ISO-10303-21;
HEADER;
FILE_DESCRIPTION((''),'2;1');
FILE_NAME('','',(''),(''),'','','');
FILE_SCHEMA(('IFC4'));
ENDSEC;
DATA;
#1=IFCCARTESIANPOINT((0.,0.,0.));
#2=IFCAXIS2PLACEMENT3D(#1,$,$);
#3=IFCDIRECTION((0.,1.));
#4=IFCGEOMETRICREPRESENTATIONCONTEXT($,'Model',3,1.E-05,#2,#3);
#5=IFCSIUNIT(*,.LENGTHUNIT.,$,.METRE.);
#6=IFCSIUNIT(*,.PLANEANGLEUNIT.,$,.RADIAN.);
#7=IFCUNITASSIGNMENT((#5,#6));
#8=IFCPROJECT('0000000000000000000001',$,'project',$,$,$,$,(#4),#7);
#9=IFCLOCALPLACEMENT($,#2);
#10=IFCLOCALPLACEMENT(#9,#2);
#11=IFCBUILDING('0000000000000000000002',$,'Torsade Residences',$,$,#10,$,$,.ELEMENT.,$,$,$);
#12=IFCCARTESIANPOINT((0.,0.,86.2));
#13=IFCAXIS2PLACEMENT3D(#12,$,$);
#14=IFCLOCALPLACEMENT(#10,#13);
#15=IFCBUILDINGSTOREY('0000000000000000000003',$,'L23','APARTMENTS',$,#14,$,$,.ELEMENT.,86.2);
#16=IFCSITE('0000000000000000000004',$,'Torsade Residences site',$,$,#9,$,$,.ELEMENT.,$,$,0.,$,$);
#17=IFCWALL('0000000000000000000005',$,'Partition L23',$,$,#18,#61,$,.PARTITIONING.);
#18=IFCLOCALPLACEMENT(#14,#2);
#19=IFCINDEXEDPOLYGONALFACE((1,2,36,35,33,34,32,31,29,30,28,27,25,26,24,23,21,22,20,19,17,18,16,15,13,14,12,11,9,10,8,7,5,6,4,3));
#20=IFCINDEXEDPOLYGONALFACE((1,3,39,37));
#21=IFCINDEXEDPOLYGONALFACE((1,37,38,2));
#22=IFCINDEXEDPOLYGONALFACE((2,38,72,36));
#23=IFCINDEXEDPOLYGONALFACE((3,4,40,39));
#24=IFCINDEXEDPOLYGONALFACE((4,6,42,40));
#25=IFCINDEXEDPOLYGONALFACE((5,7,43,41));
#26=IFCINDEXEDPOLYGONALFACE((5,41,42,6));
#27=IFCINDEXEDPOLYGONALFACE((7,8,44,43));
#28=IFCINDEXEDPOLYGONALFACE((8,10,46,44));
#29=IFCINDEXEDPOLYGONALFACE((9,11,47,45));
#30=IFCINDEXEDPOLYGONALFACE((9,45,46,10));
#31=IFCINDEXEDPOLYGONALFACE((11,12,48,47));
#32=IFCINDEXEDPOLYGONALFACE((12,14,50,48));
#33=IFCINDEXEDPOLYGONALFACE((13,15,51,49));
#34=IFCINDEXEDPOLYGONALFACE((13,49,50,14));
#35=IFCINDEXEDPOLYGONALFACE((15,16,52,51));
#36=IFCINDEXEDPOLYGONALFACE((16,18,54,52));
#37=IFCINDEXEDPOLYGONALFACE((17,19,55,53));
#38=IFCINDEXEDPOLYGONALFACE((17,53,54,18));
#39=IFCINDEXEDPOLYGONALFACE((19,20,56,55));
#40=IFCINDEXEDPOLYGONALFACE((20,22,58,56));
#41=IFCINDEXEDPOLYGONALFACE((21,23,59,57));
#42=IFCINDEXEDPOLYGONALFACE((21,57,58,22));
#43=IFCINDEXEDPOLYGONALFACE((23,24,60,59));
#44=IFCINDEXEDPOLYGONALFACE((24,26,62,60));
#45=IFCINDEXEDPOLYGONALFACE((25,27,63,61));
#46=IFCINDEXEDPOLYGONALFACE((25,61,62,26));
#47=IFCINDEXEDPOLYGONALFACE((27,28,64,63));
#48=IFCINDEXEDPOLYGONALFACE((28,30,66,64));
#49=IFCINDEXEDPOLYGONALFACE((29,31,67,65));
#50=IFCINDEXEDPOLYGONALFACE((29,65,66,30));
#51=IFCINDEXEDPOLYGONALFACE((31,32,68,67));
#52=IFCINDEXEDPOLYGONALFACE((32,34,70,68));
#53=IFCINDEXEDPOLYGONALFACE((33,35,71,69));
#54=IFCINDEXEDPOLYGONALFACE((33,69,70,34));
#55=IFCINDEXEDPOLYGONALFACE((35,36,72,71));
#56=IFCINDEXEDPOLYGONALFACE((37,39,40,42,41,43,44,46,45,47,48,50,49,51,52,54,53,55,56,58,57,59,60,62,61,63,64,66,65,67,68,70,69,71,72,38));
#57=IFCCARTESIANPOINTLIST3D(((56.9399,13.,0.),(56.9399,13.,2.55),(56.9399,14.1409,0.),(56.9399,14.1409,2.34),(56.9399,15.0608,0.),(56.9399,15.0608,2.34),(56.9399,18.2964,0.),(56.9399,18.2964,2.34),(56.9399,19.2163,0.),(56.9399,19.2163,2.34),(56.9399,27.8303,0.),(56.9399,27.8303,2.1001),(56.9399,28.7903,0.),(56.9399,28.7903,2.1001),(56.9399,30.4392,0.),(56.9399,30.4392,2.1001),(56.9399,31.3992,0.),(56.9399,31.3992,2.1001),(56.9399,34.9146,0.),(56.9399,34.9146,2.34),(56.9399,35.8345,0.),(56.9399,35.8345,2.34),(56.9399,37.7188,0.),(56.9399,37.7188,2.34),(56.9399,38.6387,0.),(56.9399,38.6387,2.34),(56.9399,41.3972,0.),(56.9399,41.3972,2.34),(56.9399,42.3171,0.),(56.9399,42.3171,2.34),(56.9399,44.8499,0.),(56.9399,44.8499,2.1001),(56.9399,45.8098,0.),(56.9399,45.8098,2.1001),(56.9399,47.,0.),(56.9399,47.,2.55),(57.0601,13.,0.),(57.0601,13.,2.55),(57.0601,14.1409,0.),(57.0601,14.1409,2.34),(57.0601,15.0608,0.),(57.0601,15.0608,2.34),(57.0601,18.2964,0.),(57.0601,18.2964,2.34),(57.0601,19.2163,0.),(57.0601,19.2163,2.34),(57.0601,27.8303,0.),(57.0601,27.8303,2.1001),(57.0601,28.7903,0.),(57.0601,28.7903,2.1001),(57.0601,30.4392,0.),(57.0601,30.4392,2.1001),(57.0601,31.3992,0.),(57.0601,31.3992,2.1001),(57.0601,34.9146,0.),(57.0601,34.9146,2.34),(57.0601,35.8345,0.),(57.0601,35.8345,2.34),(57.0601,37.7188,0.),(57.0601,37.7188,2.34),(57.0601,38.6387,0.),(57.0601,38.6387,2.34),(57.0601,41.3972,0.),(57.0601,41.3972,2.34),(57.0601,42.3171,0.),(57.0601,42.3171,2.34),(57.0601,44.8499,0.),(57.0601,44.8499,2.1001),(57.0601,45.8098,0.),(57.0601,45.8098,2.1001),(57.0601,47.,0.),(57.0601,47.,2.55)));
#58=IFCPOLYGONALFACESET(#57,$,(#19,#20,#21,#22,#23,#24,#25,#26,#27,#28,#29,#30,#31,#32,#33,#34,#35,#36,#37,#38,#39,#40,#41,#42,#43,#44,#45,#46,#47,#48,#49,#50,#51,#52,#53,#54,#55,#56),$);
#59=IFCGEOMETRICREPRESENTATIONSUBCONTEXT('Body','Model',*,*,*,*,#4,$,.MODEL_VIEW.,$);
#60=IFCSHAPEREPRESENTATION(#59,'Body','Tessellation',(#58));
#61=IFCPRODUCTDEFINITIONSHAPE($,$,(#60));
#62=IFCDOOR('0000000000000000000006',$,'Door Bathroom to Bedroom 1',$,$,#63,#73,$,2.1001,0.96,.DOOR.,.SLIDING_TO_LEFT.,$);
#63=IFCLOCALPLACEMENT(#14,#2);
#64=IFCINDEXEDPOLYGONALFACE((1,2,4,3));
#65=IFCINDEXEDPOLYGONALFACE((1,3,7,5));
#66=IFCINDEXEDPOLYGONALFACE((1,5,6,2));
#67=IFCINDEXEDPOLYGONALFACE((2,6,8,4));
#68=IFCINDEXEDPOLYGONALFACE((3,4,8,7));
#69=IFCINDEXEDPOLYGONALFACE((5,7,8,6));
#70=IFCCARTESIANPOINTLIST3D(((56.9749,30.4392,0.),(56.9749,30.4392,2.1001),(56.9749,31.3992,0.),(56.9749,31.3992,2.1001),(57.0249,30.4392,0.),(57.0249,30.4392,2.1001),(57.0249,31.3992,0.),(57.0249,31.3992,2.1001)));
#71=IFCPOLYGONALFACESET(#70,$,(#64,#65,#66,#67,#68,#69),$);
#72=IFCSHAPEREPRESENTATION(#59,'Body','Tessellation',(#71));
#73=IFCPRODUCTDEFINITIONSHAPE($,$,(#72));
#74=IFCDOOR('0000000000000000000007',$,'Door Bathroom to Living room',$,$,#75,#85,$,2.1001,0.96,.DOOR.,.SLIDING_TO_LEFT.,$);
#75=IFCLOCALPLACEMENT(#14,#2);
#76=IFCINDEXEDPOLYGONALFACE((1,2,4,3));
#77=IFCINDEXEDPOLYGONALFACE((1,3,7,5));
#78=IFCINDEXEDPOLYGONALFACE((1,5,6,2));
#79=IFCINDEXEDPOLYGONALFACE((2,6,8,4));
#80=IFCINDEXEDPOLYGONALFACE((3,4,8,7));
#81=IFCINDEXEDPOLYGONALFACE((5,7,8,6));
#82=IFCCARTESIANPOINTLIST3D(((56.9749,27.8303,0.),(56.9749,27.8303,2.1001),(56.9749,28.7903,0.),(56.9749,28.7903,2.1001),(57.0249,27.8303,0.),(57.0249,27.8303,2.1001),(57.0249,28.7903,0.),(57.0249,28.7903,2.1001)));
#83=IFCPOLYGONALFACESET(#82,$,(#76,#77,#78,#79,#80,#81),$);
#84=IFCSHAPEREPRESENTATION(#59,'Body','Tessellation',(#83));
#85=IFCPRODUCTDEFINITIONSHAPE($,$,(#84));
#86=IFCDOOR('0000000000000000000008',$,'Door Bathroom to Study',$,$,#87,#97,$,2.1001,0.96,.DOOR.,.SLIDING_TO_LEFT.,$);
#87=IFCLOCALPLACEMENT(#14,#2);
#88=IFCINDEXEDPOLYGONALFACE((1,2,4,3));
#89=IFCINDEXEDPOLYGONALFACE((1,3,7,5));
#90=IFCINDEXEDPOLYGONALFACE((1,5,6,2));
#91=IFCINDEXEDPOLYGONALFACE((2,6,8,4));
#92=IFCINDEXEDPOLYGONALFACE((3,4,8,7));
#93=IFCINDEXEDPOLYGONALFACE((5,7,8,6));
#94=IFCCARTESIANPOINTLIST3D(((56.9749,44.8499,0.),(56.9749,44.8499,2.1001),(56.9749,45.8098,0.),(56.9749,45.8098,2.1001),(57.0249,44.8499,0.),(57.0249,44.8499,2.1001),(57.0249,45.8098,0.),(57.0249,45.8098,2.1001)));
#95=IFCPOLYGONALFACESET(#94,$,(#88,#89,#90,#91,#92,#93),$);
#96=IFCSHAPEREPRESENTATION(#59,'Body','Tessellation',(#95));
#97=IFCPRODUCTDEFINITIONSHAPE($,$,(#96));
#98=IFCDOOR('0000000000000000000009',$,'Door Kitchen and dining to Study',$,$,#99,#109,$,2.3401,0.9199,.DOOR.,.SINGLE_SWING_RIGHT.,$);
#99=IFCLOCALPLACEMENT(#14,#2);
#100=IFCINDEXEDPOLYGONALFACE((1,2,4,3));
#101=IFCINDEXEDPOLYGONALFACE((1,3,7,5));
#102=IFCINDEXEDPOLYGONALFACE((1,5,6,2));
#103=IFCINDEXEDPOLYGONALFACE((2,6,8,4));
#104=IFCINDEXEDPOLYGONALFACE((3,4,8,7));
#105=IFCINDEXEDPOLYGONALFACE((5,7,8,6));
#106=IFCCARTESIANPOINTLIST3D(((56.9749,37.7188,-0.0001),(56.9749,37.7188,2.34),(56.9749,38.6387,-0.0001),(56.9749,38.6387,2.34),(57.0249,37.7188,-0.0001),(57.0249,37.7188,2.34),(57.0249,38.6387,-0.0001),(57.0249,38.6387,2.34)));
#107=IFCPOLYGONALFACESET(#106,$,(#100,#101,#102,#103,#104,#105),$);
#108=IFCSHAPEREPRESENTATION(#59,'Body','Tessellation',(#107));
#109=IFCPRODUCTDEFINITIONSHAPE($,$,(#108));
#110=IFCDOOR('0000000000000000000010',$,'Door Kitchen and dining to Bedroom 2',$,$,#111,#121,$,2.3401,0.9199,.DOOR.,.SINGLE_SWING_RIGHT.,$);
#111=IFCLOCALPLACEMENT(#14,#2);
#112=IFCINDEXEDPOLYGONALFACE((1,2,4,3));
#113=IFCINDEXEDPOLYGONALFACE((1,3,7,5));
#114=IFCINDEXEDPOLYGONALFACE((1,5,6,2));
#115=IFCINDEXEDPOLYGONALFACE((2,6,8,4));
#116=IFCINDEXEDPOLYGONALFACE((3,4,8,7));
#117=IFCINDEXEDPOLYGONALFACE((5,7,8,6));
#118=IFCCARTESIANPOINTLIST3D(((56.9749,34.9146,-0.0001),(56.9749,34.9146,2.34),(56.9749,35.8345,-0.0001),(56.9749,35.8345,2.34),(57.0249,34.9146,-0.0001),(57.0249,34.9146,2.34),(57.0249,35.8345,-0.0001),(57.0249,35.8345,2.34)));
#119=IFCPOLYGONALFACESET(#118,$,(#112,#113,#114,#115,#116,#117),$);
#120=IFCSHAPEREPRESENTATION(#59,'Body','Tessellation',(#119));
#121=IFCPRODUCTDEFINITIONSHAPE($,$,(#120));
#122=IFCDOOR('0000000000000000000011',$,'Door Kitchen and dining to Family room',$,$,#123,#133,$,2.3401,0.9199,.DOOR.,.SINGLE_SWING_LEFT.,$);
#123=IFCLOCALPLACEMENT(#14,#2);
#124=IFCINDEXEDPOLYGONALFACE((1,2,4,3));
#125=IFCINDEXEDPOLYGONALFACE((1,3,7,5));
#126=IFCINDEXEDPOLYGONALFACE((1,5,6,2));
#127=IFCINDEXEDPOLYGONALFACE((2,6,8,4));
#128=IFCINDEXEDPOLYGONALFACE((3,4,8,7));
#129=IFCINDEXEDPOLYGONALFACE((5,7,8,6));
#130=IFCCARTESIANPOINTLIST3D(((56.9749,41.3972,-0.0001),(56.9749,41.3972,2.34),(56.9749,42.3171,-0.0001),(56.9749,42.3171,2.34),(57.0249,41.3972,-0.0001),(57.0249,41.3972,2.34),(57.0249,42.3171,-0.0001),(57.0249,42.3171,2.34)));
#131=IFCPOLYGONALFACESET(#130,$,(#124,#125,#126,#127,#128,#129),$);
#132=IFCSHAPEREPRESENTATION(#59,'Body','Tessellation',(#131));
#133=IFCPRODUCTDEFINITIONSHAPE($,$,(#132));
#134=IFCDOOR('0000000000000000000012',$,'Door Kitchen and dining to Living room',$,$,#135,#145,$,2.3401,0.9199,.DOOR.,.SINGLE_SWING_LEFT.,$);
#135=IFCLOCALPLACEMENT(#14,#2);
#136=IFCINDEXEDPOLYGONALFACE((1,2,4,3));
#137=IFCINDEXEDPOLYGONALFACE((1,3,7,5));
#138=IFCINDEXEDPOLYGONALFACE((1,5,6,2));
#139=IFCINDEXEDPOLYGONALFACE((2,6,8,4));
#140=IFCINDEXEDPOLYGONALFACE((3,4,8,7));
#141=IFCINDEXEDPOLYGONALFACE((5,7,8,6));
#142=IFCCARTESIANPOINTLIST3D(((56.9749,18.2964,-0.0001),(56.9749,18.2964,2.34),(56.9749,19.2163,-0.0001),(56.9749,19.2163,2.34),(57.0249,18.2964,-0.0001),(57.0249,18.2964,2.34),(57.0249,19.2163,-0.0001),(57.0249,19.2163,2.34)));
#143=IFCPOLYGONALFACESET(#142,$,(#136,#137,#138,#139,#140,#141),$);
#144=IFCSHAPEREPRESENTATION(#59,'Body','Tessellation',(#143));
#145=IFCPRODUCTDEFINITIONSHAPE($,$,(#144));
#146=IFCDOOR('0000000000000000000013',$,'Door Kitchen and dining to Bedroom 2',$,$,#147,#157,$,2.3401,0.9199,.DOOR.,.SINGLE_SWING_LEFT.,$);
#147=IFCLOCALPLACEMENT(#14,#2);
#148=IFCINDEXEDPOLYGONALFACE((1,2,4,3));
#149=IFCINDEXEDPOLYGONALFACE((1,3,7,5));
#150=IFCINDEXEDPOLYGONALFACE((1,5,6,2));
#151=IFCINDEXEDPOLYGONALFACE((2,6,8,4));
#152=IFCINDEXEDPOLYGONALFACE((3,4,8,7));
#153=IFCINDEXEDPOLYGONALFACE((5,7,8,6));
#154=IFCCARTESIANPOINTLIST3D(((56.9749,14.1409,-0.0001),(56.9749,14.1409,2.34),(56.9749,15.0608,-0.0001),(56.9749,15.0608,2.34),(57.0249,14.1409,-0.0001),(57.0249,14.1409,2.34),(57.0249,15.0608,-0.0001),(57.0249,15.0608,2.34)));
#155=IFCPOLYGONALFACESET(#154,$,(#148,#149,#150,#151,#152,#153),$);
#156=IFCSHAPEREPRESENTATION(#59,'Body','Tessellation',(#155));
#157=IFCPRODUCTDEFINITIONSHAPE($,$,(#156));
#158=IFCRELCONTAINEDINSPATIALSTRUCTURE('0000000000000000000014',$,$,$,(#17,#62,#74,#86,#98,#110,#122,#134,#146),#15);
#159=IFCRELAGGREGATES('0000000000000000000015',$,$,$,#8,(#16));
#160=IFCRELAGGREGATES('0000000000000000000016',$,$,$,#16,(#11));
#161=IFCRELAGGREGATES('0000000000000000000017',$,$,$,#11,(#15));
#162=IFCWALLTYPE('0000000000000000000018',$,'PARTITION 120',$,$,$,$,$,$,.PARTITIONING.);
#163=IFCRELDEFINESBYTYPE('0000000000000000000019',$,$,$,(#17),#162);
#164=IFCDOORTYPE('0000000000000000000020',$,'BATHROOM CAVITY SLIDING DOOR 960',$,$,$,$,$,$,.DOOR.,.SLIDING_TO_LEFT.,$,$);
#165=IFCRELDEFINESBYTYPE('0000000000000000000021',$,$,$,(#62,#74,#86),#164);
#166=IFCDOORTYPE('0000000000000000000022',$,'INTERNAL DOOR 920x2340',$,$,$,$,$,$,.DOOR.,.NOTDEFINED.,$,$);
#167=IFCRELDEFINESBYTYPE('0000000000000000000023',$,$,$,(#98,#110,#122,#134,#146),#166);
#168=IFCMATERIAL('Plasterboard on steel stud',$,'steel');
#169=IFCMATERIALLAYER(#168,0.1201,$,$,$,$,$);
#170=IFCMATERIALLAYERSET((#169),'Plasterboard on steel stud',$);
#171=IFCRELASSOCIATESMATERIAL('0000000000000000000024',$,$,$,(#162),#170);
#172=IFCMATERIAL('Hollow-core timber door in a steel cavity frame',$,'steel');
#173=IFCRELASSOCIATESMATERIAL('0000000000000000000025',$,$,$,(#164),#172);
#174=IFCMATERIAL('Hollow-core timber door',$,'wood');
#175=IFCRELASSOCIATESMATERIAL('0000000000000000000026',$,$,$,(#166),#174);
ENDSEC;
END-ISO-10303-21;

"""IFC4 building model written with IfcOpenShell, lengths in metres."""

from ifc_helpers import new_model, si_unit, direction, frame, frame_2d, origin, place, context, subcontext, project, spatial, rectangle, extrude, material, layer, layer_set, type_object, element, fill, save


model = new_model("IFC4")

# Units and contexts
model_context = context("Model", 3, precision=1e-05, world=origin(), true_north=direction((0.0, 1.0)))
body_context = subcontext(model_context, "Body", "Model", "MODEL_VIEW")
ifc_project = project(units=[si_unit("LENGTHUNIT", "METRE"), si_unit("PLANEANGLEUNIT", "RADIAN")], contexts=[model_context])

# Site, building, storey
site_placement = place(None, origin())
site = spatial("IfcSite", under=ifc_project, at=site_placement, Name="Torsade Residences site", CompositionType="ELEMENT", RefElevation=0.0)
building_placement = place(site_placement, origin())
building = spatial("IfcBuilding", under=site, at=building_placement, Name="Torsade Residences", CompositionType="ELEMENT")
storey_placement = place(building_placement, frame((0.0, 0.0, 86.2)))
storey = spatial("IfcBuildingStorey", under=building, at=storey_placement, Name="L23", Description="APARTMENTS", CompositionType="ELEMENT", Elevation=86.2)

# Wall, openings, doors
ifc_material_1 = material(Name="Plasterboard on steel stud", Category="steel")
ifc_layer_1 = layer(ifc_material_1, 0.1201)
ifc_layer_set_1 = layer_set([ifc_layer_1], Name="Plasterboard on steel stud")
wall_type = type_object("IfcWallType", Name="PARTITION 120", PredefinedType="PARTITIONING", material=ifc_layer_set_1)
wall_1_placement = place(storey_placement, frame((57.0, 47.0, 0.0), z_axis=(0.0, 0.0, 1.0), x_axis=(0.0, -1.0, 0.0)))
wall_1 = element("IfcWall", 1, at=wall_1_placement, inside=storey, type_object=wall_type, Name="Partition L23", PredefinedType="PARTITIONING", context=body_context, shape_type="SweptSolid", body=[
    extrude(rectangle(XDim=34.0, YDim=0.1201, at=frame_2d((17.0, 0.0))), origin(), (0.0, 0.0, 1.0), 2.55),
])
opening_1_placement = place(wall_1_placement, frame((8.3613, 0.0, 0.0)))
opening_1 = element("IfcOpeningElement", 2, at=opening_1_placement, cuts=wall_1, PredefinedType="OPENING", context=body_context, shape_type="SweptSolid", body=[
    extrude(rectangle(XDim=0.9199, YDim=2.3401, at=frame_2d((0.46, 1.1699))), frame((0.0, 0.0701, 0.0), z_axis=(0.0, -1.0, 0.0), x_axis=(1.0, 0.0, 0.0)), (0.0, 0.0, 1.0), 0.1401),
])
opening_2_placement = place(wall_1_placement, frame((11.1655, 0.0, 0.0)))
opening_2 = element("IfcOpeningElement", 3, at=opening_2_placement, cuts=wall_1, PredefinedType="OPENING", context=body_context, shape_type="SweptSolid", body=[
    extrude(rectangle(XDim=0.9199, YDim=2.3401, at=frame_2d((0.46, 1.1699))), frame((0.0, 0.0701, 0.0), z_axis=(0.0, -1.0, 0.0), x_axis=(1.0, 0.0, 0.0)), (0.0, 0.0, 1.0), 0.1401),
])
opening_3_placement = place(wall_1_placement, frame((4.6829, 0.0, 0.0)))
opening_3 = element("IfcOpeningElement", 4, at=opening_3_placement, cuts=wall_1, PredefinedType="OPENING", context=body_context, shape_type="SweptSolid", body=[
    extrude(rectangle(XDim=0.9199, YDim=2.3401, at=frame_2d((0.46, 1.1699))), frame((0.0, 0.0701, 0.0), z_axis=(0.0, -1.0, 0.0), x_axis=(1.0, 0.0, 0.0)), (0.0, 0.0, 1.0), 0.1401),
])
opening_4_placement = place(wall_1_placement, frame((27.7837, 0.0, 0.0)))
opening_4 = element("IfcOpeningElement", 5, at=opening_4_placement, cuts=wall_1, PredefinedType="OPENING", context=body_context, shape_type="SweptSolid", body=[
    extrude(rectangle(XDim=0.9199, YDim=2.3401, at=frame_2d((0.46, 1.1699))), frame((0.0, 0.0701, 0.0), z_axis=(0.0, -1.0, 0.0), x_axis=(1.0, 0.0, 0.0)), (0.0, 0.0, 1.0), 0.1401),
])
opening_5_placement = place(wall_1_placement, frame((31.9392, 0.0, 0.0)))
opening_5 = element("IfcOpeningElement", 6, at=opening_5_placement, cuts=wall_1, PredefinedType="OPENING", context=body_context, shape_type="SweptSolid", body=[
    extrude(rectangle(XDim=0.9199, YDim=2.3401, at=frame_2d((0.46, 1.1699))), frame((0.0, 0.0701, 0.0), z_axis=(0.0, -1.0, 0.0), x_axis=(1.0, 0.0, 0.0)), (0.0, 0.0, 1.0), 0.1401),
])
opening_6_placement = place(wall_1_placement, frame((15.6008, 0.0, 0.0)))
opening_6 = element("IfcOpeningElement", 7, at=opening_6_placement, cuts=wall_1, PredefinedType="OPENING", context=body_context, shape_type="SweptSolid", body=[
    extrude(rectangle(XDim=0.96, YDim=2.1001, at=frame_2d((0.48, 1.05))), frame((0.0, 0.0701, 0.0), z_axis=(0.0, -1.0, 0.0), x_axis=(1.0, 0.0, 0.0)), (0.0, 0.0, 1.0), 0.1401),
])
opening_7_placement = place(wall_1_placement, frame((18.2097, 0.0, 0.0)))
opening_7 = element("IfcOpeningElement", 8, at=opening_7_placement, cuts=wall_1, PredefinedType="OPENING", context=body_context, shape_type="SweptSolid", body=[
    extrude(rectangle(XDim=0.96, YDim=2.1001, at=frame_2d((0.48, 1.05))), frame((0.0, 0.0701, 0.0), z_axis=(0.0, -1.0, 0.0), x_axis=(1.0, 0.0, 0.0)), (0.0, 0.0, 1.0), 0.1401),
])
opening_8_placement = place(wall_1_placement, frame((1.1902, 0.0, 0.0)))
opening_8 = element("IfcOpeningElement", 9, at=opening_8_placement, cuts=wall_1, PredefinedType="OPENING", context=body_context, shape_type="SweptSolid", body=[
    extrude(rectangle(XDim=0.96, YDim=2.1001, at=frame_2d((0.48, 1.05))), frame((0.0, 0.0701, 0.0), z_axis=(0.0, -1.0, 0.0), x_axis=(1.0, 0.0, 0.0)), (0.0, 0.0, 1.0), 0.1401),
])
ifc_material_2 = material(Name="Hollow-core timber door in a steel cavity frame", Category="steel")
door_type_1 = type_object("IfcDoorType", Name="BATHROOM CAVITY SLIDING DOOR 960", OperationType="SLIDING_TO_LEFT", PredefinedType="DOOR", material=ifc_material_2)
door_1_placement = place(opening_6_placement, origin())
door_1 = element("IfcDoor", 10, at=door_1_placement, inside=storey, type_object=door_type_1, Name="Door Bathroom to Bedroom 1", OperationType="SLIDING_TO_LEFT", OverallHeight=2.1001, OverallWidth=0.96, PredefinedType="DOOR", context=body_context, shape_type="SweptSolid", body=[
    extrude(rectangle(XDim=0.96, YDim=2.1001, at=frame_2d((0.48, 1.05))), frame((0.0, 0.0249, 0.0), z_axis=(0.0, -1.0, 0.0), x_axis=(1.0, 0.0, 0.0)), (0.0, 0.0, 1.0), 0.05),
])
fill(opening_6, door_1)
door_2_placement = place(opening_7_placement, origin())
door_2 = element("IfcDoor", 11, at=door_2_placement, inside=storey, type_object=door_type_1, Name="Door Bathroom to Living room", OperationType="SLIDING_TO_LEFT", OverallHeight=2.1001, OverallWidth=0.96, PredefinedType="DOOR", context=body_context, shape_type="SweptSolid", body=[
    extrude(rectangle(XDim=0.96, YDim=2.1001, at=frame_2d((0.48, 1.05))), frame((0.0, 0.0249, 0.0), z_axis=(0.0, -1.0, 0.0), x_axis=(1.0, 0.0, 0.0)), (0.0, 0.0, 1.0), 0.05),
])
fill(opening_7, door_2)
door_3_placement = place(opening_8_placement, origin())
door_3 = element("IfcDoor", 12, at=door_3_placement, inside=storey, type_object=door_type_1, Name="Door Bathroom to Study", OperationType="SLIDING_TO_LEFT", OverallHeight=2.1001, OverallWidth=0.96, PredefinedType="DOOR", context=body_context, shape_type="SweptSolid", body=[
    extrude(rectangle(XDim=0.96, YDim=2.1001, at=frame_2d((0.48, 1.05))), frame((0.0, 0.0249, 0.0), z_axis=(0.0, -1.0, 0.0), x_axis=(1.0, 0.0, 0.0)), (0.0, 0.0, 1.0), 0.05),
])
fill(opening_8, door_3)
ifc_material_3 = material(Name="Hollow-core timber door", Category="wood")
door_type_2 = type_object("IfcDoorType", Name="INTERNAL DOOR 920x2340", OperationType="NOTDEFINED", PredefinedType="DOOR", material=ifc_material_3)
door_4_placement = place(opening_1_placement, origin())
door_4 = element("IfcDoor", 13, at=door_4_placement, inside=storey, type_object=door_type_2, Name="Door Kitchen and dining to Study", OperationType="SINGLE_SWING_RIGHT", OverallHeight=2.3401, OverallWidth=0.9199, PredefinedType="DOOR", context=body_context, shape_type="SweptSolid", body=[
    extrude(rectangle(XDim=0.9199, YDim=2.3401, at=frame_2d((0.46, 1.1699))), frame((0.0, 0.0249, 0.0), z_axis=(0.0, -1.0, 0.0), x_axis=(1.0, 0.0, 0.0)), (0.0, 0.0, 1.0), 0.05),
])
fill(opening_1, door_4)
door_5_placement = place(opening_2_placement, origin())
door_5 = element("IfcDoor", 14, at=door_5_placement, inside=storey, type_object=door_type_2, Name="Door Kitchen and dining to Bedroom 2", OperationType="SINGLE_SWING_RIGHT", OverallHeight=2.3401, OverallWidth=0.9199, PredefinedType="DOOR", context=body_context, shape_type="SweptSolid", body=[
    extrude(rectangle(XDim=0.9199, YDim=2.3401, at=frame_2d((0.46, 1.1699))), frame((0.0, 0.0249, 0.0), z_axis=(0.0, -1.0, 0.0), x_axis=(1.0, 0.0, 0.0)), (0.0, 0.0, 1.0), 0.05),
])
fill(opening_2, door_5)
door_6_placement = place(opening_3_placement, origin())
door_6 = element("IfcDoor", 15, at=door_6_placement, inside=storey, type_object=door_type_2, Name="Door Kitchen and dining to Family room", OperationType="SINGLE_SWING_LEFT", OverallHeight=2.3401, OverallWidth=0.9199, PredefinedType="DOOR", context=body_context, shape_type="SweptSolid", body=[
    extrude(rectangle(XDim=0.9199, YDim=2.3401, at=frame_2d((0.46, 1.1699))), frame((0.0, 0.0249, 0.0), z_axis=(0.0, -1.0, 0.0), x_axis=(1.0, 0.0, 0.0)), (0.0, 0.0, 1.0), 0.05),
])
fill(opening_3, door_6)
door_7_placement = place(opening_4_placement, origin())
door_7 = element("IfcDoor", 16, at=door_7_placement, inside=storey, type_object=door_type_2, Name="Door Kitchen and dining to Living room", OperationType="SINGLE_SWING_LEFT", OverallHeight=2.3401, OverallWidth=0.9199, PredefinedType="DOOR", context=body_context, shape_type="SweptSolid", body=[
    extrude(rectangle(XDim=0.9199, YDim=2.3401, at=frame_2d((0.46, 1.1699))), frame((0.0, 0.0249, 0.0), z_axis=(0.0, -1.0, 0.0), x_axis=(1.0, 0.0, 0.0)), (0.0, 0.0, 1.0), 0.05),
])
fill(opening_4, door_7)
door_8_placement = place(opening_5_placement, origin())
door_8 = element("IfcDoor", 17, at=door_8_placement, inside=storey, type_object=door_type_2, Name="Door Kitchen and dining to Bedroom 2", OperationType="SINGLE_SWING_LEFT", OverallHeight=2.3401, OverallWidth=0.9199, PredefinedType="DOOR", context=body_context, shape_type="SweptSolid", body=[
    extrude(rectangle(XDim=0.9199, YDim=2.3401, at=frame_2d((0.46, 1.1699))), frame((0.0, 0.0249, 0.0), z_axis=(0.0, -1.0, 0.0), x_axis=(1.0, 0.0, 0.0)), (0.0, 0.0, 1.0), 0.05),
])
fill(opening_5, door_8)

save(model, "model.ifc")
